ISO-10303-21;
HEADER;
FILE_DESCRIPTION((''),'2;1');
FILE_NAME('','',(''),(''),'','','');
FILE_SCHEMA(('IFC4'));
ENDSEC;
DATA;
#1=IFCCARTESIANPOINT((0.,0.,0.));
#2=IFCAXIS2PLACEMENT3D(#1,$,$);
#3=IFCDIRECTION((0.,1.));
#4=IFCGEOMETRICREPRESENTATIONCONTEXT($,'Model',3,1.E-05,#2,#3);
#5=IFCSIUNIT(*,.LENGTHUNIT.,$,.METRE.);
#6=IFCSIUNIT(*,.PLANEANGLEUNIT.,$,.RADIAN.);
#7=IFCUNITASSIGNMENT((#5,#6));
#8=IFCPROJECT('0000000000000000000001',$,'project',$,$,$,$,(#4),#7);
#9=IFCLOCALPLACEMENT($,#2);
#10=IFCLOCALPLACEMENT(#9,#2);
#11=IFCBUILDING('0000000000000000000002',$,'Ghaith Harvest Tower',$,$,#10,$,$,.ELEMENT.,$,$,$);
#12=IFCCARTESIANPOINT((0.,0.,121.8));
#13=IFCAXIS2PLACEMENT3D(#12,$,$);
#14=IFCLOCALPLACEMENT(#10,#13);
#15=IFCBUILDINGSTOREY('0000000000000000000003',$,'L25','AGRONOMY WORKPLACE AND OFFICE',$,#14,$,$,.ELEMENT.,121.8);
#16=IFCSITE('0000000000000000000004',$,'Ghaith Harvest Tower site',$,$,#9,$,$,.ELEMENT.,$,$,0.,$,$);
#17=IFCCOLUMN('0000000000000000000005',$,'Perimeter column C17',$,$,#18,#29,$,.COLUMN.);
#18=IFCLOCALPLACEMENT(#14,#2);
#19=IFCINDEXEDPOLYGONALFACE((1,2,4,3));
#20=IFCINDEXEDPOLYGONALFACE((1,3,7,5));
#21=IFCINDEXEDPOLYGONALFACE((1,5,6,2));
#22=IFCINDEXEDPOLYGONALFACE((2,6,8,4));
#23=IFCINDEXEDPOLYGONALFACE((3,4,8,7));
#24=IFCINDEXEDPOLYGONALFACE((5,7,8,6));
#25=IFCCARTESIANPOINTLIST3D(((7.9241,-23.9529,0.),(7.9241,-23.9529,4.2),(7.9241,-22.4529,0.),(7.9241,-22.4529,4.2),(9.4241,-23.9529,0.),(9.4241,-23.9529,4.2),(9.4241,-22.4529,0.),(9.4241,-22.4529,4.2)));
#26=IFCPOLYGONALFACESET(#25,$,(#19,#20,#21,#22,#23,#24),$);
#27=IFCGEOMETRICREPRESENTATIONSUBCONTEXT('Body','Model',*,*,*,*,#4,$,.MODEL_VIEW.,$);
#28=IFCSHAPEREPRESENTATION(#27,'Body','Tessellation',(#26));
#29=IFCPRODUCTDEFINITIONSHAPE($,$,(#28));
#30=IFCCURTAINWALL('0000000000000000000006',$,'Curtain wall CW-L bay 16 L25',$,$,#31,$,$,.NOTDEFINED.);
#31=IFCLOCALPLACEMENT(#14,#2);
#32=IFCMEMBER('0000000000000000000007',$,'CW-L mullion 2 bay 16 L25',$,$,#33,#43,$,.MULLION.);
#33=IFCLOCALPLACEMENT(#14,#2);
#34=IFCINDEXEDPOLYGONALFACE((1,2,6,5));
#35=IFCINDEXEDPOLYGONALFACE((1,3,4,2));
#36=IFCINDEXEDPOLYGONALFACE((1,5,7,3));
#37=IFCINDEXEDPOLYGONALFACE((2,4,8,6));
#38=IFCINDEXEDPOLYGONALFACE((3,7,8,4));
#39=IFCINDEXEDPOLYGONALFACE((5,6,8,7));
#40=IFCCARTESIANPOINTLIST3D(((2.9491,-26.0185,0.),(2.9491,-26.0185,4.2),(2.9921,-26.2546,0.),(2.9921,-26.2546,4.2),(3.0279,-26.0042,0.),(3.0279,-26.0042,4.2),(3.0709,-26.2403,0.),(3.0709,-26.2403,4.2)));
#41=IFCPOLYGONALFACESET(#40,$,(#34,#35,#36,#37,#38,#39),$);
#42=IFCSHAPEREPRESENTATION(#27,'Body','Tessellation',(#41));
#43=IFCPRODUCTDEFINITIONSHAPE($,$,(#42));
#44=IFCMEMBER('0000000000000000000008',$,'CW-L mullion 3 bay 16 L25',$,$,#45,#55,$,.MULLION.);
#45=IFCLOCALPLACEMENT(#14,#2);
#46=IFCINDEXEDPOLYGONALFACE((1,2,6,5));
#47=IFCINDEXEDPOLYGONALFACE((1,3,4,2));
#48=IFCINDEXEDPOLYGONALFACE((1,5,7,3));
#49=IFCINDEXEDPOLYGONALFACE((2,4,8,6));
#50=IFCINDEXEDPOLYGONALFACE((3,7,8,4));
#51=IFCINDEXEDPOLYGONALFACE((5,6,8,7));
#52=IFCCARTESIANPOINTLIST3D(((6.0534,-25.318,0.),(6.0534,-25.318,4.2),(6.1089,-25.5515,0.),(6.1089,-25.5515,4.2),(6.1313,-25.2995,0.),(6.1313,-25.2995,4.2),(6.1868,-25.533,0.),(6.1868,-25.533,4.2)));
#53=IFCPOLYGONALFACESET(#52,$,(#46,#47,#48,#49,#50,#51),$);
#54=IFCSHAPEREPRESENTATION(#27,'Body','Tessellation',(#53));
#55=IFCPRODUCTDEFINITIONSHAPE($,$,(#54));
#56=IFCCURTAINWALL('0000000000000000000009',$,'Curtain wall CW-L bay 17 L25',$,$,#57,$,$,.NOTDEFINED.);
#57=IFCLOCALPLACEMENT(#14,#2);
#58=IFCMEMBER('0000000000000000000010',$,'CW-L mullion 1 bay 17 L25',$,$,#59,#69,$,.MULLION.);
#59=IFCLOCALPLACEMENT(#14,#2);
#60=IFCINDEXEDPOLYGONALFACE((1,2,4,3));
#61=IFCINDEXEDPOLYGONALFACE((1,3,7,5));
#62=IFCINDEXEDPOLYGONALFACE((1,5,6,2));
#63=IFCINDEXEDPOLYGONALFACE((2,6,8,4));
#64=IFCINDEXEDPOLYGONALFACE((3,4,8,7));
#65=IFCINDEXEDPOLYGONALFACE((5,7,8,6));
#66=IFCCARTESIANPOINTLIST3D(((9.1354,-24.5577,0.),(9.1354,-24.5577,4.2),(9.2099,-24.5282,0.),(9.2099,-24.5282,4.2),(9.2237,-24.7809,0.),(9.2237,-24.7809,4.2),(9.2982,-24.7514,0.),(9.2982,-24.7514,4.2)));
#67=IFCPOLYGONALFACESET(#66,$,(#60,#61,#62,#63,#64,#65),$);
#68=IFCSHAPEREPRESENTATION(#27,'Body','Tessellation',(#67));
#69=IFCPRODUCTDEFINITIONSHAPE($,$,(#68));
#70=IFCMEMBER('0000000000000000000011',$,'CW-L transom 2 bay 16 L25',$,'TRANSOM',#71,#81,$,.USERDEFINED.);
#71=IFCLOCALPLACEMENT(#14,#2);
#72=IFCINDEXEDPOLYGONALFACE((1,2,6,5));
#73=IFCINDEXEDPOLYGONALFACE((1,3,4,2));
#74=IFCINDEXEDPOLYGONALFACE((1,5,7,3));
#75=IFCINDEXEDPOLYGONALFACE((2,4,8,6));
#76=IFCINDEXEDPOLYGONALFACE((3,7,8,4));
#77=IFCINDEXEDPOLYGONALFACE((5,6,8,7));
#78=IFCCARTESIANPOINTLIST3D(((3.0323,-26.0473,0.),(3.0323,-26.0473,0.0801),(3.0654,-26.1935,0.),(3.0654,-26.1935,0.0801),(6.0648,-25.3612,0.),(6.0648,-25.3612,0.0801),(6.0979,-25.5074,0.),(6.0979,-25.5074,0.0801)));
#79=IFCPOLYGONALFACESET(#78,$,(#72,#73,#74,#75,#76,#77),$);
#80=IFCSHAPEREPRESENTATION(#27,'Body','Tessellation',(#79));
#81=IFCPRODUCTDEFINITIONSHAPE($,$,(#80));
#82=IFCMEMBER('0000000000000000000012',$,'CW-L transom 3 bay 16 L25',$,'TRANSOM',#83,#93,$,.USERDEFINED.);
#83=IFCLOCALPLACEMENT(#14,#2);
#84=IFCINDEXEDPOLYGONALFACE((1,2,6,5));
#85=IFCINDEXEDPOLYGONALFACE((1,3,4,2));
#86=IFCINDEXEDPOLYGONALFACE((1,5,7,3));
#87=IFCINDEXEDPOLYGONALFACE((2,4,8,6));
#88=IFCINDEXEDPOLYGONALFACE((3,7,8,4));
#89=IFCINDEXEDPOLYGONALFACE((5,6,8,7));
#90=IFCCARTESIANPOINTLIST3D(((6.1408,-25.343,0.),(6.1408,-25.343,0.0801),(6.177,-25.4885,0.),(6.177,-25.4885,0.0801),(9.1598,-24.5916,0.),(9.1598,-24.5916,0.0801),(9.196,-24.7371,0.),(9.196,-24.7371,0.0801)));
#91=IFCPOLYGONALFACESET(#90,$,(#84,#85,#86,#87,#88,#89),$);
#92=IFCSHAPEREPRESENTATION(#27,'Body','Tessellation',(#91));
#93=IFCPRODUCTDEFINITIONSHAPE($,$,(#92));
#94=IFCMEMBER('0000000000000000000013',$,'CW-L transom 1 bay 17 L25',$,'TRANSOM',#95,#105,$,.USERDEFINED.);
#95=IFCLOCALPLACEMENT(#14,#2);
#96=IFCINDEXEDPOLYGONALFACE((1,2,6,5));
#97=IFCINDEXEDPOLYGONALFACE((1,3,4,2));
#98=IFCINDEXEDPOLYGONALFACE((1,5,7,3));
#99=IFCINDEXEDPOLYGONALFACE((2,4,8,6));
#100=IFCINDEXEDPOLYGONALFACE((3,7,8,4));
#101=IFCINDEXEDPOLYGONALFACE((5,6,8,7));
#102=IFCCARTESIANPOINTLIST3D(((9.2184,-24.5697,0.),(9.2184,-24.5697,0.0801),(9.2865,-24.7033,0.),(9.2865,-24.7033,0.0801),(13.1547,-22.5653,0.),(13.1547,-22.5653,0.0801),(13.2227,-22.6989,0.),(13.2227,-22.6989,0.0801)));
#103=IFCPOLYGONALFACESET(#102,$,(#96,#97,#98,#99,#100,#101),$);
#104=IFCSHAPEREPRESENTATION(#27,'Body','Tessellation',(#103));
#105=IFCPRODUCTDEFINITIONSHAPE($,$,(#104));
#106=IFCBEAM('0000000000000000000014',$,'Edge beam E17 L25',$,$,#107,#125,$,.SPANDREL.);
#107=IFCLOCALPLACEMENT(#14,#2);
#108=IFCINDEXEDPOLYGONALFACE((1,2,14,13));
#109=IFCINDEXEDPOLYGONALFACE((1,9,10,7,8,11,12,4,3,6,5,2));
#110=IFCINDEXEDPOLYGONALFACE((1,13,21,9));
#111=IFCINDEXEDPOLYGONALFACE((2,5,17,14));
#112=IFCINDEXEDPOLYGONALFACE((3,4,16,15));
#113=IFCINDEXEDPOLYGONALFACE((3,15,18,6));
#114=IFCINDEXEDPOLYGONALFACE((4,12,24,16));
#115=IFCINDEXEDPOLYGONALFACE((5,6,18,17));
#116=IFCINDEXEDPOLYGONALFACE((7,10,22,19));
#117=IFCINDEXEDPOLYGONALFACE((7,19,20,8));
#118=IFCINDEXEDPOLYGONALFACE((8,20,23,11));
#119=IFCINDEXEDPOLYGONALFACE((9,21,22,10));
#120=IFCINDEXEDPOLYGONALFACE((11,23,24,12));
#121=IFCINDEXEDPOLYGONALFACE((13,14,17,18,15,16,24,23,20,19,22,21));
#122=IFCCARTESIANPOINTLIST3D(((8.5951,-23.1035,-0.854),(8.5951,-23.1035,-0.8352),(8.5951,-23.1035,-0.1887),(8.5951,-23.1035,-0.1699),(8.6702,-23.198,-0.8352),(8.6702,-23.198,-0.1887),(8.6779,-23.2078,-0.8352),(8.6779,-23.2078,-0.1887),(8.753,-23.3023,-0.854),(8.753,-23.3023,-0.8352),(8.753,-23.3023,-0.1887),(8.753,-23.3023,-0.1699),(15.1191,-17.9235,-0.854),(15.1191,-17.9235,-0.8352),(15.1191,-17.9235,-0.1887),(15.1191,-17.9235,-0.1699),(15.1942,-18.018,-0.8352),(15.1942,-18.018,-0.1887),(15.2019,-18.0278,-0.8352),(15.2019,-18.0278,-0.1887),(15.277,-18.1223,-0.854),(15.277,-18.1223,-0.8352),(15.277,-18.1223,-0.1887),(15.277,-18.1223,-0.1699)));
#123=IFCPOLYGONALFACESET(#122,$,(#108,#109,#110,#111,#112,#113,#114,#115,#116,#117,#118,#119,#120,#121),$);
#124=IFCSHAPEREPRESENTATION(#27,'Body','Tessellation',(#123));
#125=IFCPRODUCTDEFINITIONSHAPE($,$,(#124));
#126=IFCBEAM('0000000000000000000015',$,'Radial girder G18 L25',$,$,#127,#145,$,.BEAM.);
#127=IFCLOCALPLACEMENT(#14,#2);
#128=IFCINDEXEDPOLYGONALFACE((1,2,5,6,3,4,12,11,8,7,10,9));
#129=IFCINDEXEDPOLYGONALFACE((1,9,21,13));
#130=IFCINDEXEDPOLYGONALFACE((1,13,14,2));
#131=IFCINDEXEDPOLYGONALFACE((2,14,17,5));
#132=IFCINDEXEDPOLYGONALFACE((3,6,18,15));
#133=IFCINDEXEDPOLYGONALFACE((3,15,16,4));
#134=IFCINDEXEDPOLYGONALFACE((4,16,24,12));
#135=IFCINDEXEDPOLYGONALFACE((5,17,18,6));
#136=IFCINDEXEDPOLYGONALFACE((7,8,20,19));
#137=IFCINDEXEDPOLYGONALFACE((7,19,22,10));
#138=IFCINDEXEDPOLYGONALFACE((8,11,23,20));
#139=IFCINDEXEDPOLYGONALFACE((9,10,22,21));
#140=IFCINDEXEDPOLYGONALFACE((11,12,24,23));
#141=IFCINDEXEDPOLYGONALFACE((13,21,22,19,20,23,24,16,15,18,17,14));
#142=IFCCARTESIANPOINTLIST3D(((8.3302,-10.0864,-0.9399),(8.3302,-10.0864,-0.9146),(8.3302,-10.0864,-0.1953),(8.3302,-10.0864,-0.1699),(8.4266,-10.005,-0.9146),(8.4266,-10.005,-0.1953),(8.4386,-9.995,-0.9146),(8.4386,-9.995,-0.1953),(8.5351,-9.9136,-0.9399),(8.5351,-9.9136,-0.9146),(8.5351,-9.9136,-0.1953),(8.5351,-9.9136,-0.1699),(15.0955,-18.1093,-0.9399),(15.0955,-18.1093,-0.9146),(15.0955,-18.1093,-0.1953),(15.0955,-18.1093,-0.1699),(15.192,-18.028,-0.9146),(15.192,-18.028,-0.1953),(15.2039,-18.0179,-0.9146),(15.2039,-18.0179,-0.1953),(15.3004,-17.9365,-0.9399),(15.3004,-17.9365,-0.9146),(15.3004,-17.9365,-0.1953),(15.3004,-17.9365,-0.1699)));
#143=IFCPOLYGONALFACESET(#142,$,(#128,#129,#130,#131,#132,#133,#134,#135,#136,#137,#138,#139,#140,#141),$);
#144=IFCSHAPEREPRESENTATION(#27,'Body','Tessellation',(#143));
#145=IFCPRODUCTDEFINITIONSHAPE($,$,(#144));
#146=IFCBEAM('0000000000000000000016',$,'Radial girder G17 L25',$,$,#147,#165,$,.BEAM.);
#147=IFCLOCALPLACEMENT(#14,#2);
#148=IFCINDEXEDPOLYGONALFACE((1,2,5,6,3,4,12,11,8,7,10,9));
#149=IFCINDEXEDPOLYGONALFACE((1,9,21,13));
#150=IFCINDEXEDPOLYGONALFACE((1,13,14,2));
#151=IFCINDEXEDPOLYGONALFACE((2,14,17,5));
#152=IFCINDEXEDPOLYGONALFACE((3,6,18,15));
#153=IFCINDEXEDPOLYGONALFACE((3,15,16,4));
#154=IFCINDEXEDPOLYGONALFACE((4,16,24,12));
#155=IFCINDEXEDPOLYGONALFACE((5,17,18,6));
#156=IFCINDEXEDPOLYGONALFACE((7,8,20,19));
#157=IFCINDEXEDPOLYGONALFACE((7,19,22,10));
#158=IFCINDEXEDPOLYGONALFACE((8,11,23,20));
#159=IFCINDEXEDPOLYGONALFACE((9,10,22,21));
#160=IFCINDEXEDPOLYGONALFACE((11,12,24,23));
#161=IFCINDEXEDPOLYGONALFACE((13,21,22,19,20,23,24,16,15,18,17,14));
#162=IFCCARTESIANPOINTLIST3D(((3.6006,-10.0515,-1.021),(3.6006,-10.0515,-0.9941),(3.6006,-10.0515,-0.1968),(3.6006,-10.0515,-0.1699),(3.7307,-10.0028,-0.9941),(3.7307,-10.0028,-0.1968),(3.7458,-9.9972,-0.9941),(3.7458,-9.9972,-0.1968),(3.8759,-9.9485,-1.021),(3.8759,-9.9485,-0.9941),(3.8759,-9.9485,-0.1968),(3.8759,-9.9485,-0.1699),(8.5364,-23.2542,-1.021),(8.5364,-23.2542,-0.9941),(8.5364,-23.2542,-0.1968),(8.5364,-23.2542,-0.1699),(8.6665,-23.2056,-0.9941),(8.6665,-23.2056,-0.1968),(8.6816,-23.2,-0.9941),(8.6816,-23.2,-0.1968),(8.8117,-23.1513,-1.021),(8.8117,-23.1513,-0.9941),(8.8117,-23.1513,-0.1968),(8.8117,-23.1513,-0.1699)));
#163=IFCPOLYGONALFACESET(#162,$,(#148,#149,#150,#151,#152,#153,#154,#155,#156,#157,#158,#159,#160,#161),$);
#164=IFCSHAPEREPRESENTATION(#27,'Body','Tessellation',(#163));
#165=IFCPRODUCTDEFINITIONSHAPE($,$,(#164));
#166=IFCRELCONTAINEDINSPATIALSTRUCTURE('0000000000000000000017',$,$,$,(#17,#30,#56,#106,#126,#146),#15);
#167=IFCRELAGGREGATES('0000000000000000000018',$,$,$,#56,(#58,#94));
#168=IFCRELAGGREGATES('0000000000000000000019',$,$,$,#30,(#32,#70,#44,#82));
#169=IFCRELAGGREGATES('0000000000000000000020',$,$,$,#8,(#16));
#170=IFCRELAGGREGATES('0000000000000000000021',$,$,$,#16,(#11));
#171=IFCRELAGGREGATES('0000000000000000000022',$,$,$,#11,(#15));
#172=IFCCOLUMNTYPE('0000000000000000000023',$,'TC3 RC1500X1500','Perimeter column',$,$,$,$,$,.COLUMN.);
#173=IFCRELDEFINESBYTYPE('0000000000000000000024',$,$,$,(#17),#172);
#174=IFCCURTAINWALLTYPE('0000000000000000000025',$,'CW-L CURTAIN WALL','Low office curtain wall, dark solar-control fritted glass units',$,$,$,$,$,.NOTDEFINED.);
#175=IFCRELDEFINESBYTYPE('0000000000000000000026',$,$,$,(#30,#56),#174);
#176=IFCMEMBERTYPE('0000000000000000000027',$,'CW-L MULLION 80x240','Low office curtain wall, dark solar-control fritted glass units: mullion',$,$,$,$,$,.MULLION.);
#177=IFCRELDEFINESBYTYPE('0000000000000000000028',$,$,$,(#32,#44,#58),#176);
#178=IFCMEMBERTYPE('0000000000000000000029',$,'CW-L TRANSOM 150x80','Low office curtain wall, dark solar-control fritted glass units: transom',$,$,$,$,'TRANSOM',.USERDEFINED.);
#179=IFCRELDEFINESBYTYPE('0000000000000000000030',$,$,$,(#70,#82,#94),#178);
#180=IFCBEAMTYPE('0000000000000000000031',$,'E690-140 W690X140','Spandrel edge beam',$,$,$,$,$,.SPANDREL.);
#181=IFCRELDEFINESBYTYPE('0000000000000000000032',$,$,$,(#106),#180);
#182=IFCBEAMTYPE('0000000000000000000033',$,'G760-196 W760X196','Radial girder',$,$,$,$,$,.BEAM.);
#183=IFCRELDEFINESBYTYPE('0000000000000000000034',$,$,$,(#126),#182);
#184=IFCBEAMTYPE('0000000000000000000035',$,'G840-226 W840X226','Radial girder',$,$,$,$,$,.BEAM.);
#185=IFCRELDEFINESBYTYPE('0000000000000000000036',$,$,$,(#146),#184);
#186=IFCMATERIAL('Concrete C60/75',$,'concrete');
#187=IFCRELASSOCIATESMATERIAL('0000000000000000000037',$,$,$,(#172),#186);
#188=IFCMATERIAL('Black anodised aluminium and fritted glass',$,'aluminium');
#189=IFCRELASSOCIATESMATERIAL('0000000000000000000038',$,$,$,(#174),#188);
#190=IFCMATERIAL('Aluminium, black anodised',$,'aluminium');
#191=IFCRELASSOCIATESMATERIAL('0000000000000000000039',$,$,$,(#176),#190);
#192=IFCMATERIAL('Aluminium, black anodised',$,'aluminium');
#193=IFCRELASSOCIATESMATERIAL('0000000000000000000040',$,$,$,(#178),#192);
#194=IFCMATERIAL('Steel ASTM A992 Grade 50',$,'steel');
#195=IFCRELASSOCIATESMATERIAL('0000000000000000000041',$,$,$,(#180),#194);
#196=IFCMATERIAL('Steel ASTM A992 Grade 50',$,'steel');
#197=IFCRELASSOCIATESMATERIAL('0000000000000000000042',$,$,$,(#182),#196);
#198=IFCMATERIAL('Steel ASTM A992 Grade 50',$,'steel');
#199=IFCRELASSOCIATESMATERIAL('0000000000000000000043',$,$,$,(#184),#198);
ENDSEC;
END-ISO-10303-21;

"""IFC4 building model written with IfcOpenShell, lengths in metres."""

from ifc_helpers import new_model, si_unit, direction, frame, origin, origin_2d, place, context, subcontext, project, spatial, rectangle, i_section, extrude, material, material_profile, profile_set, type_object, element, aggregate, save


model = new_model("IFC4")

# Units and contexts
model_context = context("Model", 3, precision=1e-05, world=origin(), true_north=direction((0.0, 1.0)))
body_context = subcontext(model_context, "Body", "Model", "MODEL_VIEW")
ifc_project = project(units=[si_unit("LENGTHUNIT", "METRE"), si_unit("PLANEANGLEUNIT", "RADIAN")], contexts=[model_context])

# Site, building, storey
site_placement = place(None, origin())
site = spatial("IfcSite", under=ifc_project, at=site_placement, Name="Ghaith Harvest Tower site", CompositionType="ELEMENT", RefElevation=0.0)
building_placement = place(site_placement, origin())
building = spatial("IfcBuilding", under=site, at=building_placement, Name="Ghaith Harvest Tower", CompositionType="ELEMENT")
storey_placement = place(building_placement, frame((0.0, 0.0, 121.8)))
storey = spatial("IfcBuildingStorey", under=building, at=storey_placement, Name="L25", Description="AGRONOMY WORKPLACE AND OFFICE", CompositionType="ELEMENT", Elevation=121.8)

# Column
ifc_material_1 = material(Name="Concrete C60/75", Category="concrete")
ifc_material_profile_1 = material_profile(ifc_material_1, rectangle(XDim=1.5, YDim=1.5, at=origin_2d()), Name="RC1500X1500")
ifc_profile_set_1 = profile_set([ifc_material_profile_1], Name="Concrete C60/75")
column_type = type_object("IfcColumnType", Name="TC3 RC1500X1500", Description="Perimeter column", PredefinedType="COLUMN", material=ifc_profile_set_1)
column_placement = place(storey_placement, frame((8.6741, -23.2029, 0.0), z_axis=(0.0, 0.0, 1.0), x_axis=(1.0, 0.0, 0.0)))
element("IfcColumn", 1, at=column_placement, inside=storey, type_object=column_type, Name="Perimeter column C17", PredefinedType="COLUMN", context=body_context, shape_type="SweptSolid", body=[
    extrude(rectangle(XDim=1.5, YDim=1.5, at=origin_2d()), origin(), (0.0, 0.0, 1.0), 4.2),
])

# Curtain wall, members
ifc_material_2 = material(Name="Black anodised aluminium and fritted glass", Category="aluminium")
curtain_wall_type = type_object("IfcCurtainWallType", Name="CW-L CURTAIN WALL", Description="Low office curtain wall, dark solar-control fritted glass units", PredefinedType="NOTDEFINED", material=ifc_material_2)
curtain_wall_1_placement = place(storey_placement, origin())
curtain_wall_1 = element("IfcCurtainWall", 2, at=curtain_wall_1_placement, inside=storey, type_object=curtain_wall_type, Name="Curtain wall CW-L bay 16 L25", PredefinedType="NOTDEFINED")
ifc_material_3 = material(Name="Aluminium, black anodised", Category="aluminium")
ifc_material_profile_2 = material_profile(ifc_material_3, rectangle(XDim=0.0801, YDim=0.24, at=origin_2d()), Name="CW-L MULLION 80x240")
ifc_profile_set_2 = profile_set([ifc_material_profile_2], Name="Aluminium, black anodised")
member_type_1 = type_object("IfcMemberType", Name="CW-L MULLION 80x240", Description="Low office curtain wall, dark solar-control fritted glass units: mullion", PredefinedType="MULLION", material=ifc_profile_set_2)
member_1_placement = place(storey_placement, frame((3.01, -26.1294, 0.0), z_axis=(0.0, 0.0, 1.0), x_axis=(0.983806, 0.179235, 0.0)))
member_1 = element("IfcMember", 3, at=member_1_placement, type_object=member_type_1, Name="CW-L mullion 2 bay 16 L25", PredefinedType="MULLION", context=body_context, shape_type="SweptSolid", body=[
    extrude(rectangle(XDim=0.0801, YDim=0.24, at=origin_2d()), origin(), (0.0, 0.0, 1.0), 4.2),
])
member_2_placement = place(storey_placement, frame((6.1201, -25.4255, 0.0), z_axis=(0.0, 0.0, 1.0), x_axis=(0.972918, 0.23115, 0.0)))
member_2 = element("IfcMember", 4, at=member_2_placement, type_object=member_type_1, Name="CW-L mullion 3 bay 16 L25", PredefinedType="MULLION", context=body_context, shape_type="SweptSolid", body=[
    extrude(rectangle(XDim=0.0801, YDim=0.24, at=origin_2d()), origin(), (0.0, 0.0, 1.0), 4.2),
])

# Curtain wall, member
curtain_wall_2_placement = place(storey_placement, origin())
curtain_wall_2 = element("IfcCurtainWall", 5, at=curtain_wall_2_placement, inside=storey, type_object=curtain_wall_type, Name="Curtain wall CW-L bay 17 L25", PredefinedType="NOTDEFINED")
member_3_placement = place(storey_placement, frame((9.2168, -24.6545, 0.0), z_axis=(0.0, 0.0, 1.0), x_axis=(0.929832, 0.367985, 0.0)))
member_3 = element("IfcMember", 6, at=member_3_placement, type_object=member_type_1, Name="CW-L mullion 1 bay 17 L25", PredefinedType="MULLION", context=body_context, shape_type="SweptSolid", body=[
    extrude(rectangle(XDim=0.0801, YDim=0.24, at=origin_2d()), origin(), (0.0, 0.0, 1.0), 4.2),
])

# Members
ifc_material_4 = material(Name="Aluminium, black anodised", Category="aluminium")
ifc_material_profile_3 = material_profile(ifc_material_4, rectangle(XDim=0.1499, YDim=0.0801, at=origin_2d()), Name="CW-L TRANSOM 150x80")
ifc_profile_set_3 = profile_set([ifc_material_profile_3], Name="Aluminium, black anodised")
member_type_2 = type_object("IfcMemberType", Name="CW-L TRANSOM 150x80", Description="Low office curtain wall, dark solar-control fritted glass units: transom", ElementType="TRANSOM", PredefinedType="USERDEFINED", material=ifc_profile_set_3)
member_4_placement = place(storey_placement, frame((3.0488, -26.1204, 0.04), z_axis=(0.975352, 0.220654, 0.0), x_axis=(-0.220654, 0.975352, 0.0)))
member_4 = element("IfcMember", 7, at=member_4_placement, type_object=member_type_2, Name="CW-L transom 2 bay 16 L25", ObjectType="TRANSOM", PredefinedType="USERDEFINED", context=body_context, shape_type="SweptSolid", body=[
    extrude(rectangle(XDim=0.1499, YDim=0.0801, at=origin_2d()), origin(), (0.0, 0.0, 1.0), 3.1091),
])
member_5_placement = place(storey_placement, frame((6.1589, -25.4158, 0.04), z_axis=(0.970391, 0.241538, 0.0), x_axis=(-0.241538, 0.970391, 0.0)))
member_5 = element("IfcMember", 8, at=member_5_placement, type_object=member_type_2, Name="CW-L transom 3 bay 16 L25", ObjectType="TRANSOM", PredefinedType="USERDEFINED", context=body_context, shape_type="SweptSolid", body=[
    extrude(rectangle(XDim=0.1499, YDim=0.0801, at=origin_2d()), origin(), (0.0, 0.0, 1.0), 3.1111),
])
member_6_placement = place(storey_placement, frame((9.2524, -24.6365, 0.04), z_axis=(0.89112, 0.453768, 0.0), x_axis=(-0.453768, 0.89112, 0.0)))
member_6 = element("IfcMember", 9, at=member_6_placement, type_object=member_type_2, Name="CW-L transom 1 bay 17 L25", ObjectType="TRANSOM", PredefinedType="USERDEFINED", context=body_context, shape_type="SweptSolid", body=[
    extrude(rectangle(XDim=0.1499, YDim=0.0801, at=origin_2d()), origin(), (0.0, 0.0, 1.0), 4.4172),
])
aggregate(curtain_wall_2, [member_3, member_6])

# Beams
ifc_material_5 = material(Name="Steel ASTM A992 Grade 50", Category="steel")
ifc_material_profile_4 = material_profile(ifc_material_5, i_section(OverallWidth=0.2539, OverallDepth=0.6841, WebThickness=0.0125, FlangeThickness=0.0188, at=origin_2d()), Name="W690X140")
ifc_profile_set_4 = profile_set([ifc_material_profile_4], Name="Steel ASTM A992 Grade 50")
beam_type_1 = type_object("IfcBeamType", Name="E690-140 W690X140", Description="Spandrel edge beam", PredefinedType="SPANDREL", material=ifc_profile_set_4)
beam_1_placement = place(storey_placement, frame((8.6741, -23.2029, -0.512), z_axis=(0.78316, 0.621821, 0.0), x_axis=(-0.621821, 0.78316, 0.0)))
element("IfcBeam", 10, at=beam_1_placement, inside=storey, type_object=beam_type_1, Name="Edge beam E17 L25", PredefinedType="SPANDREL", context=body_context, shape_type="SweptSolid", body=[
    extrude(i_section(OverallWidth=0.2539, OverallDepth=0.6841, WebThickness=0.0125, FlangeThickness=0.0188, at=origin_2d()), origin(), (0.0, 0.0, 1.0), 8.3303),
])
ifc_material_6 = material(Name="Steel ASTM A992 Grade 50", Category="steel")
ifc_material_profile_5 = material_profile(ifc_material_6, i_section(OverallWidth=0.2681, OverallDepth=0.77, WebThickness=0.0156, FlangeThickness=0.0254, at=origin_2d()), Name="W760X196")
ifc_profile_set_5 = profile_set([ifc_material_profile_5], Name="Steel ASTM A992 Grade 50")
beam_type_2 = type_object("IfcBeamType", Name="G760-196 W760X196", Description="Radial girder", PredefinedType="BEAM", material=ifc_profile_set_5)
beam_2_placement = place(storey_placement, frame((8.4326, -10.0, -0.5549), z_axis=(0.644649, -0.764478, 0.0), x_axis=(0.764478, 0.644649, 0.0)))
element("IfcBeam", 11, at=beam_2_placement, inside=storey, type_object=beam_type_2, Name="Radial girder G18 L25", PredefinedType="BEAM", context=body_context, shape_type="SweptSolid", body=[
    extrude(i_section(OverallWidth=0.2681, OverallDepth=0.77, WebThickness=0.0156, FlangeThickness=0.0254, at=origin_2d()), origin(), (0.0, 0.0, 1.0), 10.4946),
])
ifc_material_7 = material(Name="Steel ASTM A992 Grade 50", Category="steel")
ifc_material_profile_6 = material_profile(ifc_material_7, i_section(OverallWidth=0.2939, OverallDepth=0.8511, WebThickness=0.0161, FlangeThickness=0.0269, at=origin_2d()), Name="W840X226")
ifc_profile_set_6 = profile_set([ifc_material_profile_6], Name="Steel ASTM A992 Grade 50")
beam_type_3 = type_object("IfcBeamType", Name="G840-226 W840X226", Description="Radial girder", PredefinedType="BEAM", material=ifc_profile_set_6)
beam_3_placement = place(storey_placement, frame((3.7383, -10.0, -0.5955), z_axis=(0.350172, -0.936685, 0.0), x_axis=(0.936685, 0.350172, 0.0)))
element("IfcBeam", 12, at=beam_3_placement, inside=storey, type_object=beam_type_3, Name="Radial girder G17 L25", PredefinedType="BEAM", context=body_context, shape_type="SweptSolid", body=[
    extrude(i_section(OverallWidth=0.2939, OverallDepth=0.8511, WebThickness=0.0161, FlangeThickness=0.0269, at=origin_2d()), origin(), (0.0, 0.0, 1.0), 14.0952),
])

aggregate(curtain_wall_1, [member_1, member_4, member_2, member_5])

save(model, "model.ifc")
